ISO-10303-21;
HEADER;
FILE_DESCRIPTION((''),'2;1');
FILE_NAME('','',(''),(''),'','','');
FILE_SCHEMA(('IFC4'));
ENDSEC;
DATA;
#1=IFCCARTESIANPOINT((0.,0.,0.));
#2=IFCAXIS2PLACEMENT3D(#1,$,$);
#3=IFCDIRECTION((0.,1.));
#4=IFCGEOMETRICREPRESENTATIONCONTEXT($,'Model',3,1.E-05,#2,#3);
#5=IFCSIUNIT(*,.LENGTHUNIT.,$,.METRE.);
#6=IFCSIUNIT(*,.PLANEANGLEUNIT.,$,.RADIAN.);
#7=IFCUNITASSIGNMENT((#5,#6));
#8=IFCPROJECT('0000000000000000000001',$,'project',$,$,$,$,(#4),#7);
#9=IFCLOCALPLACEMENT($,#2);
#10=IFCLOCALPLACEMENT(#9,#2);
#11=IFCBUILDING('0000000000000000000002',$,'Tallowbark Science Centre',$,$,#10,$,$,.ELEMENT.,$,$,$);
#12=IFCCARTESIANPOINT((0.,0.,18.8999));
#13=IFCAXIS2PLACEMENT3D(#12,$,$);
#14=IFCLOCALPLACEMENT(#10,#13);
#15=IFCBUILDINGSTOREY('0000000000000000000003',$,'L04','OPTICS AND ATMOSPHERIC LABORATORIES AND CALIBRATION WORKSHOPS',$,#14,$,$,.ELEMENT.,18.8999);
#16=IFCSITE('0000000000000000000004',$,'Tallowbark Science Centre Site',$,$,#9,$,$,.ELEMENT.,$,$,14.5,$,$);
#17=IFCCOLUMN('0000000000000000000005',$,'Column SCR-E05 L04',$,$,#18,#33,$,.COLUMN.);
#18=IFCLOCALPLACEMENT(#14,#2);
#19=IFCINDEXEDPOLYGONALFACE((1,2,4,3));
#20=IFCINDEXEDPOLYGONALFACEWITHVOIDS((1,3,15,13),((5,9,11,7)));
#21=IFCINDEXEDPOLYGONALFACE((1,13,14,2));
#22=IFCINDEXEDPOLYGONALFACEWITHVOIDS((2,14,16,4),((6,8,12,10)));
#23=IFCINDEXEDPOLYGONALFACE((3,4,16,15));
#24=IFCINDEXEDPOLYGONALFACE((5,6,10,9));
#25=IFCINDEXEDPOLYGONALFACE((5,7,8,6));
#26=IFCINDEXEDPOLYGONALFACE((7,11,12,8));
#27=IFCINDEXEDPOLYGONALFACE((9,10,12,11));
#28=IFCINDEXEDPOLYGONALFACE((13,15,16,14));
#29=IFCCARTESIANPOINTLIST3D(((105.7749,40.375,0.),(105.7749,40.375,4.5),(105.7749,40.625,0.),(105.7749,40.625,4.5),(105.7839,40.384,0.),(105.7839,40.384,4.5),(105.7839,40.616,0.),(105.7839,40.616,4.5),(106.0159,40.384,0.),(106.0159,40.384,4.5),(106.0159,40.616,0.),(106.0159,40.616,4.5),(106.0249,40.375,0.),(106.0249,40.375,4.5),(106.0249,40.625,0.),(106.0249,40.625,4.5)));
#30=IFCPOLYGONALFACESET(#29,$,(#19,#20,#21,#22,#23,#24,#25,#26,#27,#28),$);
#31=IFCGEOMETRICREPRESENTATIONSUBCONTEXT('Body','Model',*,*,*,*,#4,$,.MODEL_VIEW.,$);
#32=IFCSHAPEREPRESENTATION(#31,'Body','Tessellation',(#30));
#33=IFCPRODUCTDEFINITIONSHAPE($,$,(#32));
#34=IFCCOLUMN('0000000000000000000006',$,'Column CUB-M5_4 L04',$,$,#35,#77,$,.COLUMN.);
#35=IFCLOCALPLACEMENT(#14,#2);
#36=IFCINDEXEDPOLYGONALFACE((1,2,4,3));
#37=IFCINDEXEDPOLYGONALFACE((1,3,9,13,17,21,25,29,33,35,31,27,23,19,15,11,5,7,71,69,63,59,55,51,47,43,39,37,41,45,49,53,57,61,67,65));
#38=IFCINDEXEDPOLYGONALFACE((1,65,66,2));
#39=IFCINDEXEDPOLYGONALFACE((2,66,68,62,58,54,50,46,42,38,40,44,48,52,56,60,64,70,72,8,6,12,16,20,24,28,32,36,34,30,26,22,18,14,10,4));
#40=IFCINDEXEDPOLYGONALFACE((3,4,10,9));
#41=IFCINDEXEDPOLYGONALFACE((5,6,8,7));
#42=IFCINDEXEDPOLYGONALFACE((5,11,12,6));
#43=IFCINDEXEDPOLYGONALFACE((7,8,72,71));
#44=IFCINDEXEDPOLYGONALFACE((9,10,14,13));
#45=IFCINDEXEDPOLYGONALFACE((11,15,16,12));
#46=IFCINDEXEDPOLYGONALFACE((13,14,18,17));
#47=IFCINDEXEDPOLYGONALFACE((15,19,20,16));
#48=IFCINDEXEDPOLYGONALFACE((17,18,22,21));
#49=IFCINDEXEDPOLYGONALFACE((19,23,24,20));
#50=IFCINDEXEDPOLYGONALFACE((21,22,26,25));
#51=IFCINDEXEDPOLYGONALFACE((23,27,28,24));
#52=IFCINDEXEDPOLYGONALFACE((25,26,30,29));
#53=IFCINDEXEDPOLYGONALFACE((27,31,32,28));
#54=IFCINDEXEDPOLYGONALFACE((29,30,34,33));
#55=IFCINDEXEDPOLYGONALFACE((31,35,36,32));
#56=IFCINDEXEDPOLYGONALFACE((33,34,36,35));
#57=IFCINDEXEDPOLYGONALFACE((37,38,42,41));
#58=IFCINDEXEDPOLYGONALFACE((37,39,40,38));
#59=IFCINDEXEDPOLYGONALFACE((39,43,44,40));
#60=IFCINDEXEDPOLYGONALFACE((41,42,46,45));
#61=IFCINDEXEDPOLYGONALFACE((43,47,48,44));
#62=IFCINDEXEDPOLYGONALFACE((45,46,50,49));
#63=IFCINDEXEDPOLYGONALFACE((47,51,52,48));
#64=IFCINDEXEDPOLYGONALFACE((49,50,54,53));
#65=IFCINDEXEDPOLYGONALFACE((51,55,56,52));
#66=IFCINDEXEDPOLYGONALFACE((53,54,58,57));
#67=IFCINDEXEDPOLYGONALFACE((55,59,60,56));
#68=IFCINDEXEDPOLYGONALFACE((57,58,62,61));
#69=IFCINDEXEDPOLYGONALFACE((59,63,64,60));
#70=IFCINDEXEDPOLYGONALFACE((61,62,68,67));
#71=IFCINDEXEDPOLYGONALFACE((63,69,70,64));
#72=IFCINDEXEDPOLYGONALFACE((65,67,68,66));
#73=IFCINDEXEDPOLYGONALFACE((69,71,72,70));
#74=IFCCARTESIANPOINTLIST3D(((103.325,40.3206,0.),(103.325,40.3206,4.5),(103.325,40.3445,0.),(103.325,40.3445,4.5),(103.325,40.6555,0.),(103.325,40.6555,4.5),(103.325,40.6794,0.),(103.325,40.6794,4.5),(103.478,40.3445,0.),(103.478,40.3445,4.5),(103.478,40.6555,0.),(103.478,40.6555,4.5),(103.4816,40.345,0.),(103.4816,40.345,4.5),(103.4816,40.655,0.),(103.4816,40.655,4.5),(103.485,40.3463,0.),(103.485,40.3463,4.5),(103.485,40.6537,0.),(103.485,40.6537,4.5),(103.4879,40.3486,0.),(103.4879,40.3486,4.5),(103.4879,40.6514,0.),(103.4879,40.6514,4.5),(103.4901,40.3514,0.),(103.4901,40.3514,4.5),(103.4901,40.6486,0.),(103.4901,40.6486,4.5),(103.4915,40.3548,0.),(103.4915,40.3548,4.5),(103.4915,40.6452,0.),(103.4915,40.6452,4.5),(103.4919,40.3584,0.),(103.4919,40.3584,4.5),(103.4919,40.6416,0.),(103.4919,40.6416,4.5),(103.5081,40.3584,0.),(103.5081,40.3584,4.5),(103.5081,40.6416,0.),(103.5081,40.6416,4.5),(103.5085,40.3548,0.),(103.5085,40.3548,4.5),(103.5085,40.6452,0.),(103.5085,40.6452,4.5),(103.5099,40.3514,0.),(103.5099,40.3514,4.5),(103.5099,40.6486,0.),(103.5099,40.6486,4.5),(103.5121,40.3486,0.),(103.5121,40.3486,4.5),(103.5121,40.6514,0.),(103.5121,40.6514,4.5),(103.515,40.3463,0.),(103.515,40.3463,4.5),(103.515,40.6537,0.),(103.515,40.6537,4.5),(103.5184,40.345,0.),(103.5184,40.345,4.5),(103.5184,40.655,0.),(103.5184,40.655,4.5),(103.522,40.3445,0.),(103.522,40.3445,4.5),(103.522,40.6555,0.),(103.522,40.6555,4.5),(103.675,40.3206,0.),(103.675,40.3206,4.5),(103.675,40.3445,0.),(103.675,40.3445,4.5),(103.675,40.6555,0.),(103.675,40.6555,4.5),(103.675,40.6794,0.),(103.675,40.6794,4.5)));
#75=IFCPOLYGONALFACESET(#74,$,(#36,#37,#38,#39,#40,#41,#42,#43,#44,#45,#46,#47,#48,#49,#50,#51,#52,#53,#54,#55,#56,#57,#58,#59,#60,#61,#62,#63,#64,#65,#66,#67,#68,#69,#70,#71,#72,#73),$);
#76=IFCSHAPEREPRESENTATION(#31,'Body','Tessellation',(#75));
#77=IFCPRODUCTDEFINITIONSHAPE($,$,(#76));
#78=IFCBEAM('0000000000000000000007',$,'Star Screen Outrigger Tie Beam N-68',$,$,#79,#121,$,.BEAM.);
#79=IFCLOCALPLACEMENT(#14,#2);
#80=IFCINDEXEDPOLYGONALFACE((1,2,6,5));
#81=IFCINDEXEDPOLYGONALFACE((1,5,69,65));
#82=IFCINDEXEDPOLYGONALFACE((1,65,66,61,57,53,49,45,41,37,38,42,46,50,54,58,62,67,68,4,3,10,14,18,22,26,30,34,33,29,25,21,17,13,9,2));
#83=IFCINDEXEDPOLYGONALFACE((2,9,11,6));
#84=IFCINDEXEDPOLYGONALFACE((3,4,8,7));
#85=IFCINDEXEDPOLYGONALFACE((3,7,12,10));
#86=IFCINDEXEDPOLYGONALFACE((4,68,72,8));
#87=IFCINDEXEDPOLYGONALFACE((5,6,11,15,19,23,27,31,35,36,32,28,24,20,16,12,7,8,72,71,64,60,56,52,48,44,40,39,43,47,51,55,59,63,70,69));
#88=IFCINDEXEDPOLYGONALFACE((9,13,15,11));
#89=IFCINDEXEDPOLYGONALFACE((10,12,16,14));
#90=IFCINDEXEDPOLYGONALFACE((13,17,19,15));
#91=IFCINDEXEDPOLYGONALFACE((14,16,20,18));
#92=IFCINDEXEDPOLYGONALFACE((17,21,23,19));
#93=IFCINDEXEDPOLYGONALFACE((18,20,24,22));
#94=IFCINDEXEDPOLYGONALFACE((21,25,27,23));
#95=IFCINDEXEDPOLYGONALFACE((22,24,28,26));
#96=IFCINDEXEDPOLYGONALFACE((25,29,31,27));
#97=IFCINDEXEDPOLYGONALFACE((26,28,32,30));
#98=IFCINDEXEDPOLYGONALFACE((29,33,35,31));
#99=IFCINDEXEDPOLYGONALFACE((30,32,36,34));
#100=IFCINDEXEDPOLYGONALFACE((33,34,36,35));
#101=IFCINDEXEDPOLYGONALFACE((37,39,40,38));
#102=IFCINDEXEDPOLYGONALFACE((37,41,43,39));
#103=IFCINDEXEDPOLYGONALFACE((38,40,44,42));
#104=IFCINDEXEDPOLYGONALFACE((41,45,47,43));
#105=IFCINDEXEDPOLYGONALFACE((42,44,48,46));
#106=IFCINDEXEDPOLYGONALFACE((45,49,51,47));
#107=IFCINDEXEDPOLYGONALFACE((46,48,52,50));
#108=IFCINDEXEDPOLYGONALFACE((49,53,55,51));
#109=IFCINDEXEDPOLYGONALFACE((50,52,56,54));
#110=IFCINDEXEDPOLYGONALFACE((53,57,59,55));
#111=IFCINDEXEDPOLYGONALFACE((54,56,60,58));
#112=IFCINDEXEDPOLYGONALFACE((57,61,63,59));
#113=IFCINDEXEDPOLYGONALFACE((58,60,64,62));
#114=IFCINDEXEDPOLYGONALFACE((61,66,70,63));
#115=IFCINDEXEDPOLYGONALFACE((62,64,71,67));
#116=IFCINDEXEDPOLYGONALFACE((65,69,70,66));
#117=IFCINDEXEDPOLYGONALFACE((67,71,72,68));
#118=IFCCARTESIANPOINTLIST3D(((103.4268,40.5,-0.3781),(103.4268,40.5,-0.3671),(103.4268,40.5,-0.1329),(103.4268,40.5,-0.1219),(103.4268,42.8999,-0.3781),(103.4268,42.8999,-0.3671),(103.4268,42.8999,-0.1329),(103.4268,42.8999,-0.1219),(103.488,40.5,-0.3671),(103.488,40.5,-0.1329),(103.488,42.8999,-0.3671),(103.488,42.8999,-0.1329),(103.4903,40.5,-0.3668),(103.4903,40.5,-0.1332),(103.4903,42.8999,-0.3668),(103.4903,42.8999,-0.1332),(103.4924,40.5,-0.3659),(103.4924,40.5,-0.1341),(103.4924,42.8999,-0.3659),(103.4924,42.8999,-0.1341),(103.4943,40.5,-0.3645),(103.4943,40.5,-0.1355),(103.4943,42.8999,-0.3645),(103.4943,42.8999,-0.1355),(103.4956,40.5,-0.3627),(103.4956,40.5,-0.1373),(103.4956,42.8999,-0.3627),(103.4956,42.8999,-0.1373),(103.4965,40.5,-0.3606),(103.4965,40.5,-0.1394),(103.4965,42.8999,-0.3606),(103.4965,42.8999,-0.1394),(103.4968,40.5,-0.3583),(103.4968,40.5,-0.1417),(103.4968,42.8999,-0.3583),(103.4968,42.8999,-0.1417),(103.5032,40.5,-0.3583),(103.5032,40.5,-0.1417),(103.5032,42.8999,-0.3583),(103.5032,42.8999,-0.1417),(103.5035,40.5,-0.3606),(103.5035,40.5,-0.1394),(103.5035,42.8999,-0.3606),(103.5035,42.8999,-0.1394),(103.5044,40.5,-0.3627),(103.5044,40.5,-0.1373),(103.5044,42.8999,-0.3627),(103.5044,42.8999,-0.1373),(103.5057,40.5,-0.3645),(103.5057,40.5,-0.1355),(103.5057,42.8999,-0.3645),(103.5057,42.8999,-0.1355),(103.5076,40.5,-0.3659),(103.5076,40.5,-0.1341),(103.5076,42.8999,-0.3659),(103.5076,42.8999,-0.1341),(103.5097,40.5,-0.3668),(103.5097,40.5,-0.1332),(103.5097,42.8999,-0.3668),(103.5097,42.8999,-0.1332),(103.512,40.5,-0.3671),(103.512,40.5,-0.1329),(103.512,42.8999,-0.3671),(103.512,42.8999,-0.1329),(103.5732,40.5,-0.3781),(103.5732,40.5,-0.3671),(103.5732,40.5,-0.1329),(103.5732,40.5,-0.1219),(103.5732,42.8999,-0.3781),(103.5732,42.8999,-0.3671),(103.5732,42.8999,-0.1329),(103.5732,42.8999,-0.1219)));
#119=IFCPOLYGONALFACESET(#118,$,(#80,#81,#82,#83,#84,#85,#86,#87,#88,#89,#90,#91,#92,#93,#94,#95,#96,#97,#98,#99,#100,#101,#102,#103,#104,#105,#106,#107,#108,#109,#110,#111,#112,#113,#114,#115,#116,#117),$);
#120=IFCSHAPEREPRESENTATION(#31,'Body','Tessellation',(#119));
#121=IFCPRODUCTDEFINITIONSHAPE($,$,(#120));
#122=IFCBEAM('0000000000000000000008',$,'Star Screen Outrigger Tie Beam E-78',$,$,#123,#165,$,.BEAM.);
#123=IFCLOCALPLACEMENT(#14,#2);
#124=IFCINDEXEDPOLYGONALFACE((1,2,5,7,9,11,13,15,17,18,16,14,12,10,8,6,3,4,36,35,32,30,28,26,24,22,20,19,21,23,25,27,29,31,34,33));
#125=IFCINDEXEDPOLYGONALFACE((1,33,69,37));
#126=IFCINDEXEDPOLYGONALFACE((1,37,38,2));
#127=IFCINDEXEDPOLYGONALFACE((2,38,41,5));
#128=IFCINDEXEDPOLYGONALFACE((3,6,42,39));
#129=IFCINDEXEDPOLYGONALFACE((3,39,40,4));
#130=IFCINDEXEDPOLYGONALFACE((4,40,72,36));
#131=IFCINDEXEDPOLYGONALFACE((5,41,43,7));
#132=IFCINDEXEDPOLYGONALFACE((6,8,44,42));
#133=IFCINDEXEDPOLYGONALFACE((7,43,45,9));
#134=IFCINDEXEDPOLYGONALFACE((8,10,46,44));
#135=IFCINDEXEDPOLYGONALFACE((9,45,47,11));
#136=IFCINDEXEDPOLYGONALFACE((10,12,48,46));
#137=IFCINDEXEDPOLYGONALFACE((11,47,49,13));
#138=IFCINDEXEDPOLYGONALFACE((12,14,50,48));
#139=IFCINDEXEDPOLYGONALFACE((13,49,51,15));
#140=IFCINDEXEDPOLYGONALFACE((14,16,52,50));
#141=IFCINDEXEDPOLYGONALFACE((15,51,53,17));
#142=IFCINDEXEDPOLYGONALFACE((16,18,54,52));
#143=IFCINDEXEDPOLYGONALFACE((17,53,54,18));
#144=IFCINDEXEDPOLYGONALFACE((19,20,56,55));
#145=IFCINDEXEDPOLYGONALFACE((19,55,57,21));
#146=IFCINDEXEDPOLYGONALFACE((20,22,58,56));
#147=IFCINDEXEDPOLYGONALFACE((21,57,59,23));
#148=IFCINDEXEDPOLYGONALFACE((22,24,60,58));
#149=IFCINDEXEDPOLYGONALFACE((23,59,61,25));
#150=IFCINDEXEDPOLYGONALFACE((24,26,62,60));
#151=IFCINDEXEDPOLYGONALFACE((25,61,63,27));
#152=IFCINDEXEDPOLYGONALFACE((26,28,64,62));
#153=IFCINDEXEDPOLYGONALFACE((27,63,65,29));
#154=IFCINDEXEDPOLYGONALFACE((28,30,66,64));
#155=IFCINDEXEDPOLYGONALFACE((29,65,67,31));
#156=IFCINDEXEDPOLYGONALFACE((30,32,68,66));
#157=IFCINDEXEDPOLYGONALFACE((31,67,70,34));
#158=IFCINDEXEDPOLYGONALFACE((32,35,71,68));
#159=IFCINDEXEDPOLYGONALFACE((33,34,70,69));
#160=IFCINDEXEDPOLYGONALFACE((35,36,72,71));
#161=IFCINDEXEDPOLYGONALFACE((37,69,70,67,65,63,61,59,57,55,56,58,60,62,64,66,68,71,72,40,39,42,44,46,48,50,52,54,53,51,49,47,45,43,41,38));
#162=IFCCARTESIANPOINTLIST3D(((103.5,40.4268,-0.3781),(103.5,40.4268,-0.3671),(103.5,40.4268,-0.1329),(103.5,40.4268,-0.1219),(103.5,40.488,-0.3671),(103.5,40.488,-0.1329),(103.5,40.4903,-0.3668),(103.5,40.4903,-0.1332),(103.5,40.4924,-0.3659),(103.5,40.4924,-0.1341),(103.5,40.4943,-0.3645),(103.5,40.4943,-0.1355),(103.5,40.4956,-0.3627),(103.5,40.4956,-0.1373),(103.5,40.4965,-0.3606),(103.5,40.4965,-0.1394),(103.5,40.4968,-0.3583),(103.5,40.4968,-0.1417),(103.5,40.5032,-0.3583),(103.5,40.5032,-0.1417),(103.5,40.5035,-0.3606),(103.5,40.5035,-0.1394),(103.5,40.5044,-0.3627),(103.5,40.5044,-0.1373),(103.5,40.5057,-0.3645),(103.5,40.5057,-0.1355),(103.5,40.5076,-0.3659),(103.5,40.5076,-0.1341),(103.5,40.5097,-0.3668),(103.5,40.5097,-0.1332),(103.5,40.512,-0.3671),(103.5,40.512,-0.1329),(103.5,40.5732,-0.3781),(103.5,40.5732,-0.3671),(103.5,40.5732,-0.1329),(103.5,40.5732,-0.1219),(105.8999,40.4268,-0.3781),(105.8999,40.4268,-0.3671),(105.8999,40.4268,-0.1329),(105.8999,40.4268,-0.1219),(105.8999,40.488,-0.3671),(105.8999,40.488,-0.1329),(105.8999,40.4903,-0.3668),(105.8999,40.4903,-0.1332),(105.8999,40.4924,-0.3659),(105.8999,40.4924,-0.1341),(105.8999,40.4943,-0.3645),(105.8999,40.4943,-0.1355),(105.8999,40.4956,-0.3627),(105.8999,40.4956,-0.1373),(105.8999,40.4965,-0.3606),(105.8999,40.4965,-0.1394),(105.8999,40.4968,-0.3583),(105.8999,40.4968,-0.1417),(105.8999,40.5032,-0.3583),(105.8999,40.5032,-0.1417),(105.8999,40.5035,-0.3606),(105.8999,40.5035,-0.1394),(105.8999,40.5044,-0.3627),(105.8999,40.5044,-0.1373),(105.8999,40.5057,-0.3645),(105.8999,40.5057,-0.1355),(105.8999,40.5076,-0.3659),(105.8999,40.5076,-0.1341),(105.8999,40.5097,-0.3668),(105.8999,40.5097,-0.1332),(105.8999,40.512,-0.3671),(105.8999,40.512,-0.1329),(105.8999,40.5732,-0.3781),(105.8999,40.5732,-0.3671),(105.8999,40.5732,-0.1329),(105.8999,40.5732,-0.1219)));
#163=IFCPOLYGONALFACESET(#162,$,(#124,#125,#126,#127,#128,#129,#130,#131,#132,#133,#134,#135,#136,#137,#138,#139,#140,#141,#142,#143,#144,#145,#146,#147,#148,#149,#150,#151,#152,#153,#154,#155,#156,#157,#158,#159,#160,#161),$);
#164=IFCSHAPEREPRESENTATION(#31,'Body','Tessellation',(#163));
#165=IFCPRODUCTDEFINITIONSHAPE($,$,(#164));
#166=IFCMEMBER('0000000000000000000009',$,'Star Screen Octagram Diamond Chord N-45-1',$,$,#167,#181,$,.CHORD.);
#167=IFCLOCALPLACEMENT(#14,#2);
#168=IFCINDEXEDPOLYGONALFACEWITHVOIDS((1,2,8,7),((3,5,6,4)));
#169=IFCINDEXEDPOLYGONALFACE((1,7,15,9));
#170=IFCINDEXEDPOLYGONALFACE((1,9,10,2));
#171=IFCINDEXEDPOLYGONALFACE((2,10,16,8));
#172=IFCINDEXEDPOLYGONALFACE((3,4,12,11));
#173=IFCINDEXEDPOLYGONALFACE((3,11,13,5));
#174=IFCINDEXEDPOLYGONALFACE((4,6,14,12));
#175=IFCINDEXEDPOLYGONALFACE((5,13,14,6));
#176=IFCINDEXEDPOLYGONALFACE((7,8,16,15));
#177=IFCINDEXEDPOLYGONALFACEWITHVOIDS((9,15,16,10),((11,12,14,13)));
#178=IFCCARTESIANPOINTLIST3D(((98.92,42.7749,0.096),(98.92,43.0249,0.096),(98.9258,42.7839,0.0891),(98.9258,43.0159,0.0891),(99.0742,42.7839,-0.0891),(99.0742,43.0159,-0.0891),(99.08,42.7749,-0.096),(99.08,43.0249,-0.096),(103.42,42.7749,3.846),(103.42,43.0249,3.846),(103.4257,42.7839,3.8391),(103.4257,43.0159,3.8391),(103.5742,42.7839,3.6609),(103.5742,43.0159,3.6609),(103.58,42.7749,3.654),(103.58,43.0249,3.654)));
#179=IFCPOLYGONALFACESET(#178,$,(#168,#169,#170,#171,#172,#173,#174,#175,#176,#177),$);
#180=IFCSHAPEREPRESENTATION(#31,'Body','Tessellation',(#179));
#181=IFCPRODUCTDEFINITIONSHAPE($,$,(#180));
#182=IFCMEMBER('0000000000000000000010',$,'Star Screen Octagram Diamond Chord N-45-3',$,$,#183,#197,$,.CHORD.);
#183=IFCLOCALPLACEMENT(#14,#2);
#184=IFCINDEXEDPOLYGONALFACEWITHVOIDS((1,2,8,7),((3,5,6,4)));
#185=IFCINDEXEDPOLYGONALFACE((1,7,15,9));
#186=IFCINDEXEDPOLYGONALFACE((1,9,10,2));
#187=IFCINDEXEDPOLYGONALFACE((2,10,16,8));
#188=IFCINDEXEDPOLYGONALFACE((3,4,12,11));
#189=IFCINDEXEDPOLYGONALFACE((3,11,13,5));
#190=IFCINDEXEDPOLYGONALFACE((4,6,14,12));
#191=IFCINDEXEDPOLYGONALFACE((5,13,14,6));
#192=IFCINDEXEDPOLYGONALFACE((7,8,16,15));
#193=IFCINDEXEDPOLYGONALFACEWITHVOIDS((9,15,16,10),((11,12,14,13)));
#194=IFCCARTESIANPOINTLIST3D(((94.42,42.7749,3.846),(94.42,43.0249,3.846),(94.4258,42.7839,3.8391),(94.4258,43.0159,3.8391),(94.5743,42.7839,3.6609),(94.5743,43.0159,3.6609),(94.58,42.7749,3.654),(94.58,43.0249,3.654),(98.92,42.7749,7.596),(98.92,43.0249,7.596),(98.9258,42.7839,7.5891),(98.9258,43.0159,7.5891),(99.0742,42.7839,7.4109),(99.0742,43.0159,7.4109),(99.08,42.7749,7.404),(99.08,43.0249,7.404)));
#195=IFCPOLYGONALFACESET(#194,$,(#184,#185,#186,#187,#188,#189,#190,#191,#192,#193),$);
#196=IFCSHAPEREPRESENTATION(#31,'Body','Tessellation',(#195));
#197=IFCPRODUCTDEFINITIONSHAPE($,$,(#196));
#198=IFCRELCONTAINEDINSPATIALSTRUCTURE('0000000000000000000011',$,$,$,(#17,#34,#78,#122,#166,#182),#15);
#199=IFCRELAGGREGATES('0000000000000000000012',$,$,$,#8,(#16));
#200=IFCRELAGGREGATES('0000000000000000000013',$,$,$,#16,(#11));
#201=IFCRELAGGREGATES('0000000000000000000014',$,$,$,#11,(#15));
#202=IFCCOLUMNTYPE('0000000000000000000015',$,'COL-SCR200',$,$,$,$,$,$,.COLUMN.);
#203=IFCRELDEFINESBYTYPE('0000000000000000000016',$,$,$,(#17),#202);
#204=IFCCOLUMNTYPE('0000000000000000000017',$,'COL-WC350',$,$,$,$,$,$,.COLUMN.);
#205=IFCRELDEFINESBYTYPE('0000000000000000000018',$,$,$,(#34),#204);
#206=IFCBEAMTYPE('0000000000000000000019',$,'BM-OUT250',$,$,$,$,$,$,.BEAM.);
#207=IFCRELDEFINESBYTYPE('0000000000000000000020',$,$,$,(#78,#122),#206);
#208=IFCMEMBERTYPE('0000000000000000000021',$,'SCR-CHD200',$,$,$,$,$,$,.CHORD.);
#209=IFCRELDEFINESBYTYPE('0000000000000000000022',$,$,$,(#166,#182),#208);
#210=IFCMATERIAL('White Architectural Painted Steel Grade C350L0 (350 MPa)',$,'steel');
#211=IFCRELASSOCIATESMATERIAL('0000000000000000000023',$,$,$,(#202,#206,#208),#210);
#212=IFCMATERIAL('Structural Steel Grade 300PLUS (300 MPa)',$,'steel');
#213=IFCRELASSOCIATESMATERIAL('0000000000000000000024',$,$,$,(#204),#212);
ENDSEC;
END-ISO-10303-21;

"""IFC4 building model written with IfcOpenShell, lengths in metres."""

from ifc_helpers import new_model, si_unit, direction, frame, origin, origin_2d, place, context, subcontext, project, spatial, hollow_rectangle, i_section, extrude, material, material_profile, profile_set, type_object, element, save


model = new_model("IFC4")

# Units and contexts
model_context = context("Model", 3, precision=1e-05, world=origin(), true_north=direction((0.0, 1.0)))
body_context = subcontext(model_context, "Body", "Model", "MODEL_VIEW")
ifc_project = project(units=[si_unit("LENGTHUNIT", "METRE"), si_unit("PLANEANGLEUNIT", "RADIAN")], contexts=[model_context])

# Site, building, storey
site_placement = place(None, origin())
site = spatial("IfcSite", under=ifc_project, at=site_placement, Name="Tallowbark Science Centre Site", CompositionType="ELEMENT", RefElevation=14.5)
building_placement = place(site_placement, origin())
building = spatial("IfcBuilding", under=site, at=building_placement, Name="Tallowbark Science Centre", CompositionType="ELEMENT")
storey_placement = place(building_placement, frame((0.0, 0.0, 18.8999)))
storey = spatial("IfcBuildingStorey", under=building, at=storey_placement, Name="L04", Description="OPTICS AND ATMOSPHERIC LABORATORIES AND CALIBRATION WORKSHOPS", CompositionType="ELEMENT", Elevation=18.8999)

# Columns
ifc_material_1 = material(Name="White Architectural Painted Steel Grade C350L0 (350 MPa)", Category="steel")
ifc_material_profile_1 = material_profile(ifc_material_1, hollow_rectangle(XDim=0.25, YDim=0.25, WallThickness=0.009, at=origin_2d()), Name="250x250x9.0SHS")
ifc_profile_set_1 = profile_set([ifc_material_profile_1], Name="White Architectural Painted Steel Grade C350L0 (350 MPa)")
column_type_1 = type_object("IfcColumnType", Name="COL-SCR200", PredefinedType="COLUMN", material=ifc_profile_set_1)
column_1_placement = place(storey_placement, frame((105.8999, 40.5, 0.0), z_axis=(0.0, 0.0, 1.0), x_axis=(1.0, 0.0, 0.0)))
element("IfcColumn", 1, at=column_1_placement, inside=storey, type_object=column_type_1, Name="Column SCR-E05 L04", PredefinedType="COLUMN", context=body_context, shape_type="SweptSolid", body=[
    extrude(hollow_rectangle(XDim=0.25, YDim=0.25, WallThickness=0.009, at=origin_2d()), origin(), (0.0, 0.0, 1.0), 4.5),
])
ifc_material_2 = material(Name="Structural Steel Grade 300PLUS (300 MPa)", Category="steel")
ifc_material_profile_2 = material_profile(ifc_material_2, i_section(OverallWidth=0.3501, OverallDepth=0.3589, WebThickness=0.0161, FlangeThickness=0.0239, FilletRadius=0.0139, at=origin_2d()), Name="350WC197")
ifc_profile_set_2 = profile_set([ifc_material_profile_2], Name="Structural Steel Grade 300PLUS (300 MPa)")
column_type_2 = type_object("IfcColumnType", Name="COL-WC350", PredefinedType="COLUMN", material=ifc_profile_set_2)
column_2_placement = place(storey_placement, frame((103.5, 40.5, 0.0), z_axis=(0.0, 0.0, 1.0), x_axis=(1.0, 0.0, 0.0)))
element("IfcColumn", 2, at=column_2_placement, inside=storey, type_object=column_type_2, Name="Column CUB-M5_4 L04", PredefinedType="COLUMN", context=body_context, shape_type="SweptSolid", body=[
    extrude(i_section(OverallWidth=0.3501, OverallDepth=0.3589, WebThickness=0.0161, FlangeThickness=0.0239, FilletRadius=0.0139, at=origin_2d()), origin(), (0.0, 0.0, 1.0), 4.5),
])

# Beams
ifc_material_profile_3 = material_profile(ifc_material_1, i_section(OverallWidth=0.1465, OverallDepth=0.2561, WebThickness=0.0063, FlangeThickness=0.011, FilletRadius=0.0088, at=origin_2d()), Name="250UB37.3")
ifc_profile_set_3 = profile_set([ifc_material_profile_3], Name="White Architectural Painted Steel Grade C350L0 (350 MPa)")
beam_type = type_object("IfcBeamType", Name="BM-OUT250", PredefinedType="BEAM", material=ifc_profile_set_3)
for number, where, z_axis, x_axis, name in (
    (3, (103.5, 40.5, -0.25), (0.0, 1.0, 0.0), (-1.0, 0.0, 0.0), "Star Screen Outrigger Tie Beam N-68"),
    (4, (103.5, 40.5, -0.25), (1.0, 0.0, 0.0), (0.0, 1.0, 0.0), "Star Screen Outrigger Tie Beam E-78"),
):
    element("IfcBeam", number, at=place(storey_placement, frame(where, z_axis=z_axis, x_axis=x_axis)), inside=storey, type_object=beam_type, Name=name, PredefinedType="BEAM", context=body_context, shape_type="SweptSolid", body=[
        extrude(i_section(OverallWidth=0.1465, OverallDepth=0.2561, WebThickness=0.0063, FlangeThickness=0.011, FilletRadius=0.0088, at=origin_2d()), origin(), (0.0, 0.0, 1.0), 2.3999),
    ])

# Members
ifc_material_profile_4 = material_profile(ifc_material_1, hollow_rectangle(XDim=0.25, YDim=0.25, WallThickness=0.009, at=origin_2d()), Name="250x250x9.0SHS")
ifc_profile_set_4 = profile_set([ifc_material_profile_4], Name="White Architectural Painted Steel Grade C350L0 (350 MPa)")
member_type_1 = type_object("IfcMemberType", Name="SCR-CHD200", PredefinedType="CHORD", material=ifc_profile_set_4)
for number, where, z_axis, x_axis, name in (
    (5, (99.0, 42.8999, 0.0), (0.768221, 0.0, 0.640184), (0.0, 1.0, 0.0), "Star Screen Octagram Diamond Chord N-45-1"),
    (6, (99.0, 42.8999, 7.5), (-0.768221, 0.0, -0.640184), (0.0, -1.0, 0.0), "Star Screen Octagram Diamond Chord N-45-3"),
):
    element("IfcMember", number, at=place(storey_placement, frame(where, z_axis=z_axis, x_axis=x_axis)), inside=storey, type_object=member_type_1, Name=name, PredefinedType="CHORD", context=body_context, shape_type="SweptSolid", body=[
        extrude(hollow_rectangle(XDim=0.25, YDim=0.25, WallThickness=0.009, at=origin_2d()), origin(), (0.0, 0.0, 1.0), 5.8577),
    ])

save(model, "model.ifc")
